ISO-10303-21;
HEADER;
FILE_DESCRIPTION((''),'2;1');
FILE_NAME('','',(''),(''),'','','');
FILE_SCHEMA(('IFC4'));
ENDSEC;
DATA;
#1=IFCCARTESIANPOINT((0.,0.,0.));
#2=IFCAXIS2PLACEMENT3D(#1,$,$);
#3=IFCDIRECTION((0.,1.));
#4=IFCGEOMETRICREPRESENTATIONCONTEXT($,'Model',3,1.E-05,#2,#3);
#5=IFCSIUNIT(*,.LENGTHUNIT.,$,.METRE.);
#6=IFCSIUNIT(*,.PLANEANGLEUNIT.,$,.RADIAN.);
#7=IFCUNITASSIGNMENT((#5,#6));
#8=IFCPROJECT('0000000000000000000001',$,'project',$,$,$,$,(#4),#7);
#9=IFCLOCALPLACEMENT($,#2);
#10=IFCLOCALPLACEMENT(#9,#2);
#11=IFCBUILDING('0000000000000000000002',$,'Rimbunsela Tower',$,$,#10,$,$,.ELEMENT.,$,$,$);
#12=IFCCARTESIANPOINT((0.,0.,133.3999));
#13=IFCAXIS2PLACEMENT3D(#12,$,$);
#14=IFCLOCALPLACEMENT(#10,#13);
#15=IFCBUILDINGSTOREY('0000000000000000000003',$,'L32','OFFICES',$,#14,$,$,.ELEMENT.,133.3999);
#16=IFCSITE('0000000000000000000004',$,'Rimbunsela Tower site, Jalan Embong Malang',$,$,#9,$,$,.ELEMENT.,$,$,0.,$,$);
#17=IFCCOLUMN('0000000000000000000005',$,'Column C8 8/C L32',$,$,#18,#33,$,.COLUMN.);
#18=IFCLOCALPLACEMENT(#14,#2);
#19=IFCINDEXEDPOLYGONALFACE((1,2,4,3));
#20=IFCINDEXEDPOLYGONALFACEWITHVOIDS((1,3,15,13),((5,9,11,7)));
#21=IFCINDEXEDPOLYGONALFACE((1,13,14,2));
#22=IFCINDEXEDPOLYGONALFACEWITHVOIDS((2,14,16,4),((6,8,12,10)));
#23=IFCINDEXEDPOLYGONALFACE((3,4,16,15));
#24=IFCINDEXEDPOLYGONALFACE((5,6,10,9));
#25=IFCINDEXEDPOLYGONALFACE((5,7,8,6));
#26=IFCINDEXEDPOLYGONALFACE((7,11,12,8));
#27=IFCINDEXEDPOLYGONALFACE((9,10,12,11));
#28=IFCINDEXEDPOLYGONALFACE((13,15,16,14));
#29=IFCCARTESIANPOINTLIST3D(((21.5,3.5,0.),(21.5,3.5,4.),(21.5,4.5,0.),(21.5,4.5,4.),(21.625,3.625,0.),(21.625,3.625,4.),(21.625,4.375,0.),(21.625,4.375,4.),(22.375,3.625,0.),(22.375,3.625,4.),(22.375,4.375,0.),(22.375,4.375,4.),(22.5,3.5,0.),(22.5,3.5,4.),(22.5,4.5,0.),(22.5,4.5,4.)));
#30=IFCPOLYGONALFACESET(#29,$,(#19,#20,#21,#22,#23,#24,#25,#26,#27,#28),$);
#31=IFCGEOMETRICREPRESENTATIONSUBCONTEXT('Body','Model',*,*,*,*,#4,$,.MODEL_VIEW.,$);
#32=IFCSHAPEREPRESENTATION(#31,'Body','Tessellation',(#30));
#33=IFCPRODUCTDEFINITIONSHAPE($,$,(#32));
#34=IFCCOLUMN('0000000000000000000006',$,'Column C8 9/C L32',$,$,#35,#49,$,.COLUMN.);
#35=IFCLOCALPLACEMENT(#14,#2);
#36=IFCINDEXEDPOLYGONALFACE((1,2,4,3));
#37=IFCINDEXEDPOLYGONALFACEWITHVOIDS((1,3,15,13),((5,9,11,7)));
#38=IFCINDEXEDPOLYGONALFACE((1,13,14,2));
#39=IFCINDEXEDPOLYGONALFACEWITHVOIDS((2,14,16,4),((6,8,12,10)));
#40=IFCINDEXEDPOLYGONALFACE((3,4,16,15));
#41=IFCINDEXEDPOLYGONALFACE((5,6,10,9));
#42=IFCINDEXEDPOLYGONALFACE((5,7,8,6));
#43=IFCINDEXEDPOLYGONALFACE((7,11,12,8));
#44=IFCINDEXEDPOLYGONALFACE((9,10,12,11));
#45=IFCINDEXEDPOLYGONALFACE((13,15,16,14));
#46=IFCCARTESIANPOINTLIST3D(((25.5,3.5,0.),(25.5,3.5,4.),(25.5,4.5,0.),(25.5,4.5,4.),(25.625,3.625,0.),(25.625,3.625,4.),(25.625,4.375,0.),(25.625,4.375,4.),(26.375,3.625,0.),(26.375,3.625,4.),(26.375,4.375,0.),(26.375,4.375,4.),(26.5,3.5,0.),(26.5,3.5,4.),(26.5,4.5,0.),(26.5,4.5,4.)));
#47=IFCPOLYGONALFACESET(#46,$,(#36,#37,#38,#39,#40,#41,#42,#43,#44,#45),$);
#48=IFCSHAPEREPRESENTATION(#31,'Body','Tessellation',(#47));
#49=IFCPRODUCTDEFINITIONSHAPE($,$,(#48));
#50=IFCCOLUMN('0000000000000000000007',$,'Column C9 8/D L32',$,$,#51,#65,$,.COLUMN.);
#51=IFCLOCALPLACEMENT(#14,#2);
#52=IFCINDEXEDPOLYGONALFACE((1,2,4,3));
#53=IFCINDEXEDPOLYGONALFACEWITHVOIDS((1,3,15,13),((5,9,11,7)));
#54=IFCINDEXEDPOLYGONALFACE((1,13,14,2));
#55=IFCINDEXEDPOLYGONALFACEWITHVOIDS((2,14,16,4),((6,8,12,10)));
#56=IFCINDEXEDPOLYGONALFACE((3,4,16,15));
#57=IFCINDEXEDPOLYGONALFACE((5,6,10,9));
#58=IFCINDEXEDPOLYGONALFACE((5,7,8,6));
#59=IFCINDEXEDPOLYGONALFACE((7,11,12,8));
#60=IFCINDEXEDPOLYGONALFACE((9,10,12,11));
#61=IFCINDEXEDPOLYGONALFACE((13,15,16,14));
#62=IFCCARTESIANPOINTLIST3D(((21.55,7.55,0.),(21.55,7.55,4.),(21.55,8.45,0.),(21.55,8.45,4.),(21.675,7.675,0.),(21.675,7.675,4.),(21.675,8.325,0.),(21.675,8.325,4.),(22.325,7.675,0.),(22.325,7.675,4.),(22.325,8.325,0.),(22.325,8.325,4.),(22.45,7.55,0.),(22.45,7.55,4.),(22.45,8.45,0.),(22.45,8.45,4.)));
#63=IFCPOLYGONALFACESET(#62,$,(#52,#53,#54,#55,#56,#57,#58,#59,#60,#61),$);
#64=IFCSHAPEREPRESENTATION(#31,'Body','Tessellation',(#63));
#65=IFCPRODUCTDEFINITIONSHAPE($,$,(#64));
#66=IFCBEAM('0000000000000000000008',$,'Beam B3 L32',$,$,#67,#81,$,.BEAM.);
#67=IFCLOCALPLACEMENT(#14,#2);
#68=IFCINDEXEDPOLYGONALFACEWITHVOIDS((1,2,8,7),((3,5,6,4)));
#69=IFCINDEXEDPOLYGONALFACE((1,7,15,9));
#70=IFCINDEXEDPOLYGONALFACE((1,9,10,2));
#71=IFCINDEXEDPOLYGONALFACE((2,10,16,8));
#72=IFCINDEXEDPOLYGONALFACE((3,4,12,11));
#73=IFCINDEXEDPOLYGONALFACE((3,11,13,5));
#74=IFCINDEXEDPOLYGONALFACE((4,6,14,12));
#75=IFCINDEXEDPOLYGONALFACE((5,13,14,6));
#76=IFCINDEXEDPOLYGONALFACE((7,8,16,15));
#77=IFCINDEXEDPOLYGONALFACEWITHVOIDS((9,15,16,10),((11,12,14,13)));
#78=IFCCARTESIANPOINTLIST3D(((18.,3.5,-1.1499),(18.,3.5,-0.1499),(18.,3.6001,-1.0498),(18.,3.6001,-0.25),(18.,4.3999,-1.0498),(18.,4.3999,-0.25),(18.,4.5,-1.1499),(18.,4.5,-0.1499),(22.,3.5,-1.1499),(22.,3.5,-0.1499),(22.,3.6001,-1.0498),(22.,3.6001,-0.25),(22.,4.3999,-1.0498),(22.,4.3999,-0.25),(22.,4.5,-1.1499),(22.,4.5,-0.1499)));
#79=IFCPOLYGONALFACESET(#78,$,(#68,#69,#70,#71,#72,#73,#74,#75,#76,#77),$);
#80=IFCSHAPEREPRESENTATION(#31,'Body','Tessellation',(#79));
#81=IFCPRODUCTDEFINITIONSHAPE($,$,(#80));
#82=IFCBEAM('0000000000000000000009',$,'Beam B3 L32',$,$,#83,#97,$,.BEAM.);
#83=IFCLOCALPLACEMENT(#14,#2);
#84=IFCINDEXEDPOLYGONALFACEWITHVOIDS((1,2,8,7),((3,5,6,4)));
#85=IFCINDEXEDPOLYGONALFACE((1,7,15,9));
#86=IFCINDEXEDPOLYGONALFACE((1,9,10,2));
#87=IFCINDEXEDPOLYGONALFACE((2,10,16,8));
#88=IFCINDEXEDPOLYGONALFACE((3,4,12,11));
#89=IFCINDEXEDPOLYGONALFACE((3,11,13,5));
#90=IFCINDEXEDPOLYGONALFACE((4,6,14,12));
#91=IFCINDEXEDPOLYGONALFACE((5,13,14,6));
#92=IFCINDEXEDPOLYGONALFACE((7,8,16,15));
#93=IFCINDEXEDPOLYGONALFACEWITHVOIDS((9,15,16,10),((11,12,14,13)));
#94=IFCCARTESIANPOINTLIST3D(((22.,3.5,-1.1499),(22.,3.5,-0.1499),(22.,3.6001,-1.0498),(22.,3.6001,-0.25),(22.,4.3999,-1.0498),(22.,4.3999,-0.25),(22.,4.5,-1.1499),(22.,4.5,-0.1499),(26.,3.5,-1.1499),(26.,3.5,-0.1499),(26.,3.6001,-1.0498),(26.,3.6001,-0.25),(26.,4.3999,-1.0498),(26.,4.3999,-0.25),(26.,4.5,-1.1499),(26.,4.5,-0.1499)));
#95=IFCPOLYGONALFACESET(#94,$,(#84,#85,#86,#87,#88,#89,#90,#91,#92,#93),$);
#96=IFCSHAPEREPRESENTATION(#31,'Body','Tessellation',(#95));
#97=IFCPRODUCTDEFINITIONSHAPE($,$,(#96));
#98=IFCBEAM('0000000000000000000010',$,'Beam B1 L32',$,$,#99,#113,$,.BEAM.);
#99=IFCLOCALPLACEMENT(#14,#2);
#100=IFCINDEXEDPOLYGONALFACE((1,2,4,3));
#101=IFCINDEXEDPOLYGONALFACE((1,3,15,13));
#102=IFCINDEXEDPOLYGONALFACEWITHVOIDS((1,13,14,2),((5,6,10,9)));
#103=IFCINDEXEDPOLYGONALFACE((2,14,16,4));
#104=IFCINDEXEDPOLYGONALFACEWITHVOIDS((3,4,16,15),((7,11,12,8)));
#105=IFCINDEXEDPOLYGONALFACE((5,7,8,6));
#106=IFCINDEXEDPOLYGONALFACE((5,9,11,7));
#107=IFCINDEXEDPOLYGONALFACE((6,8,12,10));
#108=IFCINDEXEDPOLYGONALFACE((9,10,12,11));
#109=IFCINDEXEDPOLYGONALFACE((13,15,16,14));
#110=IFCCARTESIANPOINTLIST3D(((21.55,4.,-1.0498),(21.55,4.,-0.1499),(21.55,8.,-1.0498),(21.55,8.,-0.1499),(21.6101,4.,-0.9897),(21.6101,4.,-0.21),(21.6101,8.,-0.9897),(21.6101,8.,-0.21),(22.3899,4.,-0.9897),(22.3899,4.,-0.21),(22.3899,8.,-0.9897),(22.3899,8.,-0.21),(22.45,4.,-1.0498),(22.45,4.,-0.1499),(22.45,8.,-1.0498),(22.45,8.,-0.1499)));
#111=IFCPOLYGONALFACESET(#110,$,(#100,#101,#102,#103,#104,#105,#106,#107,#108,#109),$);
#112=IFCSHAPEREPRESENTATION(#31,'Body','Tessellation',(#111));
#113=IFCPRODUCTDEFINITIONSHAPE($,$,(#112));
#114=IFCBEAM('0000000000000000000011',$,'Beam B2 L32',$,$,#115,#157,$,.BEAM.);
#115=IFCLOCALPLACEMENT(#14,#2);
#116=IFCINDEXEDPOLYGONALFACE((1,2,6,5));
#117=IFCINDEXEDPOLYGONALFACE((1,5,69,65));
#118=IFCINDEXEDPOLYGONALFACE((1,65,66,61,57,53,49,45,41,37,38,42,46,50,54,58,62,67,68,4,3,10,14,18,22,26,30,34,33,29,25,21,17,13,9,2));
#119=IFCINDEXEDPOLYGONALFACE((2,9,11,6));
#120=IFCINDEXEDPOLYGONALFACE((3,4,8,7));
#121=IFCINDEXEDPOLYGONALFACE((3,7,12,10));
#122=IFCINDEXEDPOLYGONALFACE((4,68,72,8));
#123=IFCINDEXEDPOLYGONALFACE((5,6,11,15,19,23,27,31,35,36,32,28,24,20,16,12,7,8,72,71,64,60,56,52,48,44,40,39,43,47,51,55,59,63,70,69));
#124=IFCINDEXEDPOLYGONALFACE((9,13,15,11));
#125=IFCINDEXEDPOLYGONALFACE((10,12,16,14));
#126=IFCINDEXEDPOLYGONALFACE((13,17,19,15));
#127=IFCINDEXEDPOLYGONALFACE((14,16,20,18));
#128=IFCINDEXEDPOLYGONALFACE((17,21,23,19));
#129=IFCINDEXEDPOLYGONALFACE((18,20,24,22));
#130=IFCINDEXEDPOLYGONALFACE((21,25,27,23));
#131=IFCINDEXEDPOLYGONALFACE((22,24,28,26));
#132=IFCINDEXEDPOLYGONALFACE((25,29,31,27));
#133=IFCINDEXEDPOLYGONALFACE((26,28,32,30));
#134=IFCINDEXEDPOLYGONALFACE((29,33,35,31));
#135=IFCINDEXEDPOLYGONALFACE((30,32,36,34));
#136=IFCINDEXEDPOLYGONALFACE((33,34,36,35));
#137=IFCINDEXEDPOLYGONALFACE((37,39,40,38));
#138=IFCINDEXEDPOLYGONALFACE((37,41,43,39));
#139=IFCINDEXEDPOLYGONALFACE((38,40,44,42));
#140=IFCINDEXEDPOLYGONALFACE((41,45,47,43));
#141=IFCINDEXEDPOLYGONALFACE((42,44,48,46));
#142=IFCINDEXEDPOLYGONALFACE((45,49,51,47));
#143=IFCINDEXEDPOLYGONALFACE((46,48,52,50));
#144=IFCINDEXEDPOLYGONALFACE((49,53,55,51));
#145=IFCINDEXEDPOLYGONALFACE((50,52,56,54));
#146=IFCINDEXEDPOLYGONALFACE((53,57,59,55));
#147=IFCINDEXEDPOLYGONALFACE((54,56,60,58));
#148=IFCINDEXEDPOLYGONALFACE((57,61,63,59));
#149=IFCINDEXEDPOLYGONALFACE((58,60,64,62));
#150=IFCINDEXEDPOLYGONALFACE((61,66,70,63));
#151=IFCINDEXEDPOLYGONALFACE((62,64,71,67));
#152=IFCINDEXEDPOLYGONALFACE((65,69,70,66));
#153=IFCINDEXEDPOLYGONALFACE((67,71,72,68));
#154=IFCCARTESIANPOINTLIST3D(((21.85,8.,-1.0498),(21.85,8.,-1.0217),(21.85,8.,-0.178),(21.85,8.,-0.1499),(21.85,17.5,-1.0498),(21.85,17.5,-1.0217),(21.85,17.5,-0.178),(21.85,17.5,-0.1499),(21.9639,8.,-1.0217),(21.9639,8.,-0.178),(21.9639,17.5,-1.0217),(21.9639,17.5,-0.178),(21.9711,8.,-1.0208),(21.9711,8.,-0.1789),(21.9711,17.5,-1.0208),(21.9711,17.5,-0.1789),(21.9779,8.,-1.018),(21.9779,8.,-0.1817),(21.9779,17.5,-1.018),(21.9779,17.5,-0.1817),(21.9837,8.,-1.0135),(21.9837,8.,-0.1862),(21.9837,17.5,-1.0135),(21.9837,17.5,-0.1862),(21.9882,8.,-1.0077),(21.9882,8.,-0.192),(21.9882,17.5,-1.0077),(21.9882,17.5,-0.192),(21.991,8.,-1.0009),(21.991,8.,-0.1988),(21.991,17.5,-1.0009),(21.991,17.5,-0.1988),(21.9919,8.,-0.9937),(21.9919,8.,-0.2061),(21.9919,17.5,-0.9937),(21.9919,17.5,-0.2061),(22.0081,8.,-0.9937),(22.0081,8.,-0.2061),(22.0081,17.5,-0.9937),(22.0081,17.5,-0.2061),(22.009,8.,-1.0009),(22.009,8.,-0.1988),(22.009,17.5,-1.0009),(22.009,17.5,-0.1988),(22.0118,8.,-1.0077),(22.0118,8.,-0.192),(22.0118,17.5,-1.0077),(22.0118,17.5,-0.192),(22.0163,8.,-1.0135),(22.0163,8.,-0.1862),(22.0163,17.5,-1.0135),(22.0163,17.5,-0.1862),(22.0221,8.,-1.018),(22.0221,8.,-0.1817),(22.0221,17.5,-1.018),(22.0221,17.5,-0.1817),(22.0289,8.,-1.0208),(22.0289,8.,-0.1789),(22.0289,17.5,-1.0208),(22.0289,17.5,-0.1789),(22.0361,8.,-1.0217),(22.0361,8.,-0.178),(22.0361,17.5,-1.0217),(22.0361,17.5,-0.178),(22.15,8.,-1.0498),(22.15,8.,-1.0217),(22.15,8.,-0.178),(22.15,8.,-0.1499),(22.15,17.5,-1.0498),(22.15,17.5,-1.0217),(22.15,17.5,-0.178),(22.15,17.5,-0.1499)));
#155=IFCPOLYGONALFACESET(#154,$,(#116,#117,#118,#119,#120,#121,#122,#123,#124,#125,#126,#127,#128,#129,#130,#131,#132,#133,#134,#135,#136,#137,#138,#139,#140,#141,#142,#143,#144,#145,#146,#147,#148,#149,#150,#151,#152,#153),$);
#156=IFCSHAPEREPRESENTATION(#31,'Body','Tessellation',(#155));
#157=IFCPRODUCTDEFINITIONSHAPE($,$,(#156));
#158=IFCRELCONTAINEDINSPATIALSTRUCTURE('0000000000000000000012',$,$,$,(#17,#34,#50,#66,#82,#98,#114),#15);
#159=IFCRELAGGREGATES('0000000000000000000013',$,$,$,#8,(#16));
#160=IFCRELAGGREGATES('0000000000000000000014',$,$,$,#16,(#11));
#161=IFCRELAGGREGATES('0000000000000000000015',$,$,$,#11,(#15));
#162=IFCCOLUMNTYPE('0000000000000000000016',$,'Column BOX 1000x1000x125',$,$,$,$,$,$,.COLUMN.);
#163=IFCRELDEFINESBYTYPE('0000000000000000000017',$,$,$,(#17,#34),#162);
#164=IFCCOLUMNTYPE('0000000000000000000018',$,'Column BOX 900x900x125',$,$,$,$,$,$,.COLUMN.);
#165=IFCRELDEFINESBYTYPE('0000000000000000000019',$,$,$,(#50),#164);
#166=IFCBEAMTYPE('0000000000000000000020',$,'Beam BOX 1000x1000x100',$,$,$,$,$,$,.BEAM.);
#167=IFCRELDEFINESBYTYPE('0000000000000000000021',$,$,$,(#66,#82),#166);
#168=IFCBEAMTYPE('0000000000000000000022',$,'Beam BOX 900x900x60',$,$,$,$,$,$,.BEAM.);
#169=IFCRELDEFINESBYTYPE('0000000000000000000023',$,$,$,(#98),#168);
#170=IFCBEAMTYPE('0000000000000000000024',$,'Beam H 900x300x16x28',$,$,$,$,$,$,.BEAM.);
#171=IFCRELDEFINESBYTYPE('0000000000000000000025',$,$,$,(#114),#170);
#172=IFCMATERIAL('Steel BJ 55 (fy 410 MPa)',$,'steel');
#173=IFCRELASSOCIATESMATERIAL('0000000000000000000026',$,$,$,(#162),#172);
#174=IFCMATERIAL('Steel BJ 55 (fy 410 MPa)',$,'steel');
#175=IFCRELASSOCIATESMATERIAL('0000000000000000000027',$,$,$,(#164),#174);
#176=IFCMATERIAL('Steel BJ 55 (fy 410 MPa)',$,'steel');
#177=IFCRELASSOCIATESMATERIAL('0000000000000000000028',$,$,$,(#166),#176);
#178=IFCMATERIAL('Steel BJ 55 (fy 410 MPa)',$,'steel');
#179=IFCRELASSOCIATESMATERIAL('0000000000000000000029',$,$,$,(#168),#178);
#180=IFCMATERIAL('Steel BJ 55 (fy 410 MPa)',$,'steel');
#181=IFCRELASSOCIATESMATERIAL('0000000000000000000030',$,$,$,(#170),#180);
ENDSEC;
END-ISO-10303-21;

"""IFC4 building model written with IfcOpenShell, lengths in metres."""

from ifc_helpers import new_model, si_unit, direction, frame, origin, origin_2d, place, context, subcontext, project, spatial, hollow_rectangle, i_section, extrude, material, material_profile, profile_set, type_object, element, save


model = new_model("IFC4")

# Units and contexts
model_context = context("Model", 3, precision=1e-05, world=origin(), true_north=direction((0.0, 1.0)))
body_context = subcontext(model_context, "Body", "Model", "MODEL_VIEW")
ifc_project = project(units=[si_unit("LENGTHUNIT", "METRE"), si_unit("PLANEANGLEUNIT", "RADIAN")], contexts=[model_context])

# Site, building, storey
site_placement = place(None, origin())
site = spatial("IfcSite", under=ifc_project, at=site_placement, Name="Rimbunsela Tower site, Jalan Embong Malang", CompositionType="ELEMENT", RefElevation=0.0)
building_placement = place(site_placement, origin())
building = spatial("IfcBuilding", under=site, at=building_placement, Name="Rimbunsela Tower", CompositionType="ELEMENT")
storey_placement = place(building_placement, frame((0.0, 0.0, 133.3999)))
storey = spatial("IfcBuildingStorey", under=building, at=storey_placement, Name="L32", Description="OFFICES", CompositionType="ELEMENT", Elevation=133.3999)

# Columns
ifc_material_1 = material(Name="Steel BJ 55 (fy 410 MPa)", Category="steel")
ifc_material_profile_1 = material_profile(ifc_material_1, hollow_rectangle(XDim=1.0, YDim=1.0, WallThickness=0.125, at=origin_2d()), Name="BOX 1000x1000x125")
ifc_profile_set_1 = profile_set([ifc_material_profile_1], Name="Steel BJ 55 (fy 410 MPa)")
column_type_1 = type_object("IfcColumnType", Name="Column BOX 1000x1000x125", PredefinedType="COLUMN", material=ifc_profile_set_1)
for number, where, z_axis, x_axis, name in (
    (1, (22.0, 4.0, 0.0), (0.0, 0.0, 1.0), (1.0, 0.0, 0.0), "Column C8 8/C L32"),
    (2, (26.0, 4.0, 0.0), (0.0, 0.0, 1.0), (1.0, 0.0, 0.0), "Column C8 9/C L32"),
):
    element("IfcColumn", number, at=place(storey_placement, frame(where, z_axis=z_axis, x_axis=x_axis)), inside=storey, type_object=column_type_1, Name=name, PredefinedType="COLUMN", context=body_context, shape_type="SweptSolid", body=[
        extrude(hollow_rectangle(XDim=1.0, YDim=1.0, WallThickness=0.125, at=origin_2d()), origin(), (0.0, 0.0, 1.0), 4.0),
    ])
ifc_material_2 = material(Name="Steel BJ 55 (fy 410 MPa)", Category="steel")
ifc_material_profile_2 = material_profile(ifc_material_2, hollow_rectangle(XDim=0.8999, YDim=0.8999, WallThickness=0.125, at=origin_2d()), Name="BOX 900x900x125")
ifc_profile_set_2 = profile_set([ifc_material_profile_2], Name="Steel BJ 55 (fy 410 MPa)")
column_type_2 = type_object("IfcColumnType", Name="Column BOX 900x900x125", PredefinedType="COLUMN", material=ifc_profile_set_2)
column_placement = place(storey_placement, frame((22.0, 8.0, 0.0), z_axis=(0.0, 0.0, 1.0), x_axis=(1.0, 0.0, 0.0)))
element("IfcColumn", 3, at=column_placement, inside=storey, type_object=column_type_2, Name="Column C9 8/D L32", PredefinedType="COLUMN", context=body_context, shape_type="SweptSolid", body=[
    extrude(hollow_rectangle(XDim=0.8999, YDim=0.8999, WallThickness=0.125, at=origin_2d()), origin(), (0.0, 0.0, 1.0), 4.0),
])

# Beams
ifc_material_3 = material(Name="Steel BJ 55 (fy 410 MPa)", Category="steel")
ifc_material_profile_3 = material_profile(ifc_material_3, hollow_rectangle(XDim=1.0, YDim=1.0, WallThickness=0.1001, at=origin_2d()), Name="BOX 1000x1000x100")
ifc_profile_set_3 = profile_set([ifc_material_profile_3], Name="Steel BJ 55 (fy 410 MPa)")
beam_type_1 = type_object("IfcBeamType", Name="Beam BOX 1000x1000x100", PredefinedType="BEAM", material=ifc_profile_set_3)
for number, where, z_axis, x_axis, name in (
    (4, (18.0, 4.0, -0.6499), (1.0, 0.0, 0.0), (0.0, 1.0, 0.0), "Beam B3 L32"),
    (5, (22.0, 4.0, -0.6499), (1.0, 0.0, 0.0), (0.0, 1.0, 0.0), "Beam B3 L32"),
):
    element("IfcBeam", number, at=place(storey_placement, frame(where, z_axis=z_axis, x_axis=x_axis)), inside=storey, type_object=beam_type_1, Name=name, PredefinedType="BEAM", context=body_context, shape_type="SweptSolid", body=[
        extrude(hollow_rectangle(XDim=1.0, YDim=1.0, WallThickness=0.1001, at=origin_2d()), origin(), (0.0, 0.0, 1.0), 4.0),
    ])
ifc_material_4 = material(Name="Steel BJ 55 (fy 410 MPa)", Category="steel")
ifc_material_profile_4 = material_profile(ifc_material_4, hollow_rectangle(XDim=0.8999, YDim=0.8999, WallThickness=0.0601, at=origin_2d()), Name="BOX 900x900x60")
ifc_profile_set_4 = profile_set([ifc_material_profile_4], Name="Steel BJ 55 (fy 410 MPa)")
beam_type_2 = type_object("IfcBeamType", Name="Beam BOX 900x900x60", PredefinedType="BEAM", material=ifc_profile_set_4)
beam_1_placement = place(storey_placement, frame((22.0, 4.0, -0.5999), z_axis=(0.0, 1.0, 0.0), x_axis=(-1.0, 0.0, 0.0)))
element("IfcBeam", 6, at=beam_1_placement, inside=storey, type_object=beam_type_2, Name="Beam B1 L32", PredefinedType="BEAM", context=body_context, shape_type="SweptSolid", body=[
    extrude(hollow_rectangle(XDim=0.8999, YDim=0.8999, WallThickness=0.0601, at=origin_2d()), origin(), (0.0, 0.0, 1.0), 4.0),
])
ifc_material_5 = material(Name="Steel BJ 55 (fy 410 MPa)", Category="steel")
ifc_material_profile_5 = material_profile(ifc_material_5, i_section(OverallWidth=0.3, OverallDepth=0.8999, WebThickness=0.0161, FlangeThickness=0.0281, FilletRadius=0.0281, at=origin_2d()), Name="H 900x300x16x28")
ifc_profile_set_5 = profile_set([ifc_material_profile_5], Name="Steel BJ 55 (fy 410 MPa)")
beam_type_3 = type_object("IfcBeamType", Name="Beam H 900x300x16x28", PredefinedType="BEAM", material=ifc_profile_set_5)
beam_2_placement = place(storey_placement, frame((22.0, 8.0, -0.5999), z_axis=(0.0, 1.0, 0.0), x_axis=(-1.0, 0.0, 0.0)))
element("IfcBeam", 7, at=beam_2_placement, inside=storey, type_object=beam_type_3, Name="Beam B2 L32", PredefinedType="BEAM", context=body_context, shape_type="SweptSolid", body=[
    extrude(i_section(OverallWidth=0.3, OverallDepth=0.8999, WebThickness=0.0161, FlangeThickness=0.0281, FilletRadius=0.0281, at=origin_2d()), origin(), (0.0, 0.0, 1.0), 9.5),
])

save(model, "model.ifc")
